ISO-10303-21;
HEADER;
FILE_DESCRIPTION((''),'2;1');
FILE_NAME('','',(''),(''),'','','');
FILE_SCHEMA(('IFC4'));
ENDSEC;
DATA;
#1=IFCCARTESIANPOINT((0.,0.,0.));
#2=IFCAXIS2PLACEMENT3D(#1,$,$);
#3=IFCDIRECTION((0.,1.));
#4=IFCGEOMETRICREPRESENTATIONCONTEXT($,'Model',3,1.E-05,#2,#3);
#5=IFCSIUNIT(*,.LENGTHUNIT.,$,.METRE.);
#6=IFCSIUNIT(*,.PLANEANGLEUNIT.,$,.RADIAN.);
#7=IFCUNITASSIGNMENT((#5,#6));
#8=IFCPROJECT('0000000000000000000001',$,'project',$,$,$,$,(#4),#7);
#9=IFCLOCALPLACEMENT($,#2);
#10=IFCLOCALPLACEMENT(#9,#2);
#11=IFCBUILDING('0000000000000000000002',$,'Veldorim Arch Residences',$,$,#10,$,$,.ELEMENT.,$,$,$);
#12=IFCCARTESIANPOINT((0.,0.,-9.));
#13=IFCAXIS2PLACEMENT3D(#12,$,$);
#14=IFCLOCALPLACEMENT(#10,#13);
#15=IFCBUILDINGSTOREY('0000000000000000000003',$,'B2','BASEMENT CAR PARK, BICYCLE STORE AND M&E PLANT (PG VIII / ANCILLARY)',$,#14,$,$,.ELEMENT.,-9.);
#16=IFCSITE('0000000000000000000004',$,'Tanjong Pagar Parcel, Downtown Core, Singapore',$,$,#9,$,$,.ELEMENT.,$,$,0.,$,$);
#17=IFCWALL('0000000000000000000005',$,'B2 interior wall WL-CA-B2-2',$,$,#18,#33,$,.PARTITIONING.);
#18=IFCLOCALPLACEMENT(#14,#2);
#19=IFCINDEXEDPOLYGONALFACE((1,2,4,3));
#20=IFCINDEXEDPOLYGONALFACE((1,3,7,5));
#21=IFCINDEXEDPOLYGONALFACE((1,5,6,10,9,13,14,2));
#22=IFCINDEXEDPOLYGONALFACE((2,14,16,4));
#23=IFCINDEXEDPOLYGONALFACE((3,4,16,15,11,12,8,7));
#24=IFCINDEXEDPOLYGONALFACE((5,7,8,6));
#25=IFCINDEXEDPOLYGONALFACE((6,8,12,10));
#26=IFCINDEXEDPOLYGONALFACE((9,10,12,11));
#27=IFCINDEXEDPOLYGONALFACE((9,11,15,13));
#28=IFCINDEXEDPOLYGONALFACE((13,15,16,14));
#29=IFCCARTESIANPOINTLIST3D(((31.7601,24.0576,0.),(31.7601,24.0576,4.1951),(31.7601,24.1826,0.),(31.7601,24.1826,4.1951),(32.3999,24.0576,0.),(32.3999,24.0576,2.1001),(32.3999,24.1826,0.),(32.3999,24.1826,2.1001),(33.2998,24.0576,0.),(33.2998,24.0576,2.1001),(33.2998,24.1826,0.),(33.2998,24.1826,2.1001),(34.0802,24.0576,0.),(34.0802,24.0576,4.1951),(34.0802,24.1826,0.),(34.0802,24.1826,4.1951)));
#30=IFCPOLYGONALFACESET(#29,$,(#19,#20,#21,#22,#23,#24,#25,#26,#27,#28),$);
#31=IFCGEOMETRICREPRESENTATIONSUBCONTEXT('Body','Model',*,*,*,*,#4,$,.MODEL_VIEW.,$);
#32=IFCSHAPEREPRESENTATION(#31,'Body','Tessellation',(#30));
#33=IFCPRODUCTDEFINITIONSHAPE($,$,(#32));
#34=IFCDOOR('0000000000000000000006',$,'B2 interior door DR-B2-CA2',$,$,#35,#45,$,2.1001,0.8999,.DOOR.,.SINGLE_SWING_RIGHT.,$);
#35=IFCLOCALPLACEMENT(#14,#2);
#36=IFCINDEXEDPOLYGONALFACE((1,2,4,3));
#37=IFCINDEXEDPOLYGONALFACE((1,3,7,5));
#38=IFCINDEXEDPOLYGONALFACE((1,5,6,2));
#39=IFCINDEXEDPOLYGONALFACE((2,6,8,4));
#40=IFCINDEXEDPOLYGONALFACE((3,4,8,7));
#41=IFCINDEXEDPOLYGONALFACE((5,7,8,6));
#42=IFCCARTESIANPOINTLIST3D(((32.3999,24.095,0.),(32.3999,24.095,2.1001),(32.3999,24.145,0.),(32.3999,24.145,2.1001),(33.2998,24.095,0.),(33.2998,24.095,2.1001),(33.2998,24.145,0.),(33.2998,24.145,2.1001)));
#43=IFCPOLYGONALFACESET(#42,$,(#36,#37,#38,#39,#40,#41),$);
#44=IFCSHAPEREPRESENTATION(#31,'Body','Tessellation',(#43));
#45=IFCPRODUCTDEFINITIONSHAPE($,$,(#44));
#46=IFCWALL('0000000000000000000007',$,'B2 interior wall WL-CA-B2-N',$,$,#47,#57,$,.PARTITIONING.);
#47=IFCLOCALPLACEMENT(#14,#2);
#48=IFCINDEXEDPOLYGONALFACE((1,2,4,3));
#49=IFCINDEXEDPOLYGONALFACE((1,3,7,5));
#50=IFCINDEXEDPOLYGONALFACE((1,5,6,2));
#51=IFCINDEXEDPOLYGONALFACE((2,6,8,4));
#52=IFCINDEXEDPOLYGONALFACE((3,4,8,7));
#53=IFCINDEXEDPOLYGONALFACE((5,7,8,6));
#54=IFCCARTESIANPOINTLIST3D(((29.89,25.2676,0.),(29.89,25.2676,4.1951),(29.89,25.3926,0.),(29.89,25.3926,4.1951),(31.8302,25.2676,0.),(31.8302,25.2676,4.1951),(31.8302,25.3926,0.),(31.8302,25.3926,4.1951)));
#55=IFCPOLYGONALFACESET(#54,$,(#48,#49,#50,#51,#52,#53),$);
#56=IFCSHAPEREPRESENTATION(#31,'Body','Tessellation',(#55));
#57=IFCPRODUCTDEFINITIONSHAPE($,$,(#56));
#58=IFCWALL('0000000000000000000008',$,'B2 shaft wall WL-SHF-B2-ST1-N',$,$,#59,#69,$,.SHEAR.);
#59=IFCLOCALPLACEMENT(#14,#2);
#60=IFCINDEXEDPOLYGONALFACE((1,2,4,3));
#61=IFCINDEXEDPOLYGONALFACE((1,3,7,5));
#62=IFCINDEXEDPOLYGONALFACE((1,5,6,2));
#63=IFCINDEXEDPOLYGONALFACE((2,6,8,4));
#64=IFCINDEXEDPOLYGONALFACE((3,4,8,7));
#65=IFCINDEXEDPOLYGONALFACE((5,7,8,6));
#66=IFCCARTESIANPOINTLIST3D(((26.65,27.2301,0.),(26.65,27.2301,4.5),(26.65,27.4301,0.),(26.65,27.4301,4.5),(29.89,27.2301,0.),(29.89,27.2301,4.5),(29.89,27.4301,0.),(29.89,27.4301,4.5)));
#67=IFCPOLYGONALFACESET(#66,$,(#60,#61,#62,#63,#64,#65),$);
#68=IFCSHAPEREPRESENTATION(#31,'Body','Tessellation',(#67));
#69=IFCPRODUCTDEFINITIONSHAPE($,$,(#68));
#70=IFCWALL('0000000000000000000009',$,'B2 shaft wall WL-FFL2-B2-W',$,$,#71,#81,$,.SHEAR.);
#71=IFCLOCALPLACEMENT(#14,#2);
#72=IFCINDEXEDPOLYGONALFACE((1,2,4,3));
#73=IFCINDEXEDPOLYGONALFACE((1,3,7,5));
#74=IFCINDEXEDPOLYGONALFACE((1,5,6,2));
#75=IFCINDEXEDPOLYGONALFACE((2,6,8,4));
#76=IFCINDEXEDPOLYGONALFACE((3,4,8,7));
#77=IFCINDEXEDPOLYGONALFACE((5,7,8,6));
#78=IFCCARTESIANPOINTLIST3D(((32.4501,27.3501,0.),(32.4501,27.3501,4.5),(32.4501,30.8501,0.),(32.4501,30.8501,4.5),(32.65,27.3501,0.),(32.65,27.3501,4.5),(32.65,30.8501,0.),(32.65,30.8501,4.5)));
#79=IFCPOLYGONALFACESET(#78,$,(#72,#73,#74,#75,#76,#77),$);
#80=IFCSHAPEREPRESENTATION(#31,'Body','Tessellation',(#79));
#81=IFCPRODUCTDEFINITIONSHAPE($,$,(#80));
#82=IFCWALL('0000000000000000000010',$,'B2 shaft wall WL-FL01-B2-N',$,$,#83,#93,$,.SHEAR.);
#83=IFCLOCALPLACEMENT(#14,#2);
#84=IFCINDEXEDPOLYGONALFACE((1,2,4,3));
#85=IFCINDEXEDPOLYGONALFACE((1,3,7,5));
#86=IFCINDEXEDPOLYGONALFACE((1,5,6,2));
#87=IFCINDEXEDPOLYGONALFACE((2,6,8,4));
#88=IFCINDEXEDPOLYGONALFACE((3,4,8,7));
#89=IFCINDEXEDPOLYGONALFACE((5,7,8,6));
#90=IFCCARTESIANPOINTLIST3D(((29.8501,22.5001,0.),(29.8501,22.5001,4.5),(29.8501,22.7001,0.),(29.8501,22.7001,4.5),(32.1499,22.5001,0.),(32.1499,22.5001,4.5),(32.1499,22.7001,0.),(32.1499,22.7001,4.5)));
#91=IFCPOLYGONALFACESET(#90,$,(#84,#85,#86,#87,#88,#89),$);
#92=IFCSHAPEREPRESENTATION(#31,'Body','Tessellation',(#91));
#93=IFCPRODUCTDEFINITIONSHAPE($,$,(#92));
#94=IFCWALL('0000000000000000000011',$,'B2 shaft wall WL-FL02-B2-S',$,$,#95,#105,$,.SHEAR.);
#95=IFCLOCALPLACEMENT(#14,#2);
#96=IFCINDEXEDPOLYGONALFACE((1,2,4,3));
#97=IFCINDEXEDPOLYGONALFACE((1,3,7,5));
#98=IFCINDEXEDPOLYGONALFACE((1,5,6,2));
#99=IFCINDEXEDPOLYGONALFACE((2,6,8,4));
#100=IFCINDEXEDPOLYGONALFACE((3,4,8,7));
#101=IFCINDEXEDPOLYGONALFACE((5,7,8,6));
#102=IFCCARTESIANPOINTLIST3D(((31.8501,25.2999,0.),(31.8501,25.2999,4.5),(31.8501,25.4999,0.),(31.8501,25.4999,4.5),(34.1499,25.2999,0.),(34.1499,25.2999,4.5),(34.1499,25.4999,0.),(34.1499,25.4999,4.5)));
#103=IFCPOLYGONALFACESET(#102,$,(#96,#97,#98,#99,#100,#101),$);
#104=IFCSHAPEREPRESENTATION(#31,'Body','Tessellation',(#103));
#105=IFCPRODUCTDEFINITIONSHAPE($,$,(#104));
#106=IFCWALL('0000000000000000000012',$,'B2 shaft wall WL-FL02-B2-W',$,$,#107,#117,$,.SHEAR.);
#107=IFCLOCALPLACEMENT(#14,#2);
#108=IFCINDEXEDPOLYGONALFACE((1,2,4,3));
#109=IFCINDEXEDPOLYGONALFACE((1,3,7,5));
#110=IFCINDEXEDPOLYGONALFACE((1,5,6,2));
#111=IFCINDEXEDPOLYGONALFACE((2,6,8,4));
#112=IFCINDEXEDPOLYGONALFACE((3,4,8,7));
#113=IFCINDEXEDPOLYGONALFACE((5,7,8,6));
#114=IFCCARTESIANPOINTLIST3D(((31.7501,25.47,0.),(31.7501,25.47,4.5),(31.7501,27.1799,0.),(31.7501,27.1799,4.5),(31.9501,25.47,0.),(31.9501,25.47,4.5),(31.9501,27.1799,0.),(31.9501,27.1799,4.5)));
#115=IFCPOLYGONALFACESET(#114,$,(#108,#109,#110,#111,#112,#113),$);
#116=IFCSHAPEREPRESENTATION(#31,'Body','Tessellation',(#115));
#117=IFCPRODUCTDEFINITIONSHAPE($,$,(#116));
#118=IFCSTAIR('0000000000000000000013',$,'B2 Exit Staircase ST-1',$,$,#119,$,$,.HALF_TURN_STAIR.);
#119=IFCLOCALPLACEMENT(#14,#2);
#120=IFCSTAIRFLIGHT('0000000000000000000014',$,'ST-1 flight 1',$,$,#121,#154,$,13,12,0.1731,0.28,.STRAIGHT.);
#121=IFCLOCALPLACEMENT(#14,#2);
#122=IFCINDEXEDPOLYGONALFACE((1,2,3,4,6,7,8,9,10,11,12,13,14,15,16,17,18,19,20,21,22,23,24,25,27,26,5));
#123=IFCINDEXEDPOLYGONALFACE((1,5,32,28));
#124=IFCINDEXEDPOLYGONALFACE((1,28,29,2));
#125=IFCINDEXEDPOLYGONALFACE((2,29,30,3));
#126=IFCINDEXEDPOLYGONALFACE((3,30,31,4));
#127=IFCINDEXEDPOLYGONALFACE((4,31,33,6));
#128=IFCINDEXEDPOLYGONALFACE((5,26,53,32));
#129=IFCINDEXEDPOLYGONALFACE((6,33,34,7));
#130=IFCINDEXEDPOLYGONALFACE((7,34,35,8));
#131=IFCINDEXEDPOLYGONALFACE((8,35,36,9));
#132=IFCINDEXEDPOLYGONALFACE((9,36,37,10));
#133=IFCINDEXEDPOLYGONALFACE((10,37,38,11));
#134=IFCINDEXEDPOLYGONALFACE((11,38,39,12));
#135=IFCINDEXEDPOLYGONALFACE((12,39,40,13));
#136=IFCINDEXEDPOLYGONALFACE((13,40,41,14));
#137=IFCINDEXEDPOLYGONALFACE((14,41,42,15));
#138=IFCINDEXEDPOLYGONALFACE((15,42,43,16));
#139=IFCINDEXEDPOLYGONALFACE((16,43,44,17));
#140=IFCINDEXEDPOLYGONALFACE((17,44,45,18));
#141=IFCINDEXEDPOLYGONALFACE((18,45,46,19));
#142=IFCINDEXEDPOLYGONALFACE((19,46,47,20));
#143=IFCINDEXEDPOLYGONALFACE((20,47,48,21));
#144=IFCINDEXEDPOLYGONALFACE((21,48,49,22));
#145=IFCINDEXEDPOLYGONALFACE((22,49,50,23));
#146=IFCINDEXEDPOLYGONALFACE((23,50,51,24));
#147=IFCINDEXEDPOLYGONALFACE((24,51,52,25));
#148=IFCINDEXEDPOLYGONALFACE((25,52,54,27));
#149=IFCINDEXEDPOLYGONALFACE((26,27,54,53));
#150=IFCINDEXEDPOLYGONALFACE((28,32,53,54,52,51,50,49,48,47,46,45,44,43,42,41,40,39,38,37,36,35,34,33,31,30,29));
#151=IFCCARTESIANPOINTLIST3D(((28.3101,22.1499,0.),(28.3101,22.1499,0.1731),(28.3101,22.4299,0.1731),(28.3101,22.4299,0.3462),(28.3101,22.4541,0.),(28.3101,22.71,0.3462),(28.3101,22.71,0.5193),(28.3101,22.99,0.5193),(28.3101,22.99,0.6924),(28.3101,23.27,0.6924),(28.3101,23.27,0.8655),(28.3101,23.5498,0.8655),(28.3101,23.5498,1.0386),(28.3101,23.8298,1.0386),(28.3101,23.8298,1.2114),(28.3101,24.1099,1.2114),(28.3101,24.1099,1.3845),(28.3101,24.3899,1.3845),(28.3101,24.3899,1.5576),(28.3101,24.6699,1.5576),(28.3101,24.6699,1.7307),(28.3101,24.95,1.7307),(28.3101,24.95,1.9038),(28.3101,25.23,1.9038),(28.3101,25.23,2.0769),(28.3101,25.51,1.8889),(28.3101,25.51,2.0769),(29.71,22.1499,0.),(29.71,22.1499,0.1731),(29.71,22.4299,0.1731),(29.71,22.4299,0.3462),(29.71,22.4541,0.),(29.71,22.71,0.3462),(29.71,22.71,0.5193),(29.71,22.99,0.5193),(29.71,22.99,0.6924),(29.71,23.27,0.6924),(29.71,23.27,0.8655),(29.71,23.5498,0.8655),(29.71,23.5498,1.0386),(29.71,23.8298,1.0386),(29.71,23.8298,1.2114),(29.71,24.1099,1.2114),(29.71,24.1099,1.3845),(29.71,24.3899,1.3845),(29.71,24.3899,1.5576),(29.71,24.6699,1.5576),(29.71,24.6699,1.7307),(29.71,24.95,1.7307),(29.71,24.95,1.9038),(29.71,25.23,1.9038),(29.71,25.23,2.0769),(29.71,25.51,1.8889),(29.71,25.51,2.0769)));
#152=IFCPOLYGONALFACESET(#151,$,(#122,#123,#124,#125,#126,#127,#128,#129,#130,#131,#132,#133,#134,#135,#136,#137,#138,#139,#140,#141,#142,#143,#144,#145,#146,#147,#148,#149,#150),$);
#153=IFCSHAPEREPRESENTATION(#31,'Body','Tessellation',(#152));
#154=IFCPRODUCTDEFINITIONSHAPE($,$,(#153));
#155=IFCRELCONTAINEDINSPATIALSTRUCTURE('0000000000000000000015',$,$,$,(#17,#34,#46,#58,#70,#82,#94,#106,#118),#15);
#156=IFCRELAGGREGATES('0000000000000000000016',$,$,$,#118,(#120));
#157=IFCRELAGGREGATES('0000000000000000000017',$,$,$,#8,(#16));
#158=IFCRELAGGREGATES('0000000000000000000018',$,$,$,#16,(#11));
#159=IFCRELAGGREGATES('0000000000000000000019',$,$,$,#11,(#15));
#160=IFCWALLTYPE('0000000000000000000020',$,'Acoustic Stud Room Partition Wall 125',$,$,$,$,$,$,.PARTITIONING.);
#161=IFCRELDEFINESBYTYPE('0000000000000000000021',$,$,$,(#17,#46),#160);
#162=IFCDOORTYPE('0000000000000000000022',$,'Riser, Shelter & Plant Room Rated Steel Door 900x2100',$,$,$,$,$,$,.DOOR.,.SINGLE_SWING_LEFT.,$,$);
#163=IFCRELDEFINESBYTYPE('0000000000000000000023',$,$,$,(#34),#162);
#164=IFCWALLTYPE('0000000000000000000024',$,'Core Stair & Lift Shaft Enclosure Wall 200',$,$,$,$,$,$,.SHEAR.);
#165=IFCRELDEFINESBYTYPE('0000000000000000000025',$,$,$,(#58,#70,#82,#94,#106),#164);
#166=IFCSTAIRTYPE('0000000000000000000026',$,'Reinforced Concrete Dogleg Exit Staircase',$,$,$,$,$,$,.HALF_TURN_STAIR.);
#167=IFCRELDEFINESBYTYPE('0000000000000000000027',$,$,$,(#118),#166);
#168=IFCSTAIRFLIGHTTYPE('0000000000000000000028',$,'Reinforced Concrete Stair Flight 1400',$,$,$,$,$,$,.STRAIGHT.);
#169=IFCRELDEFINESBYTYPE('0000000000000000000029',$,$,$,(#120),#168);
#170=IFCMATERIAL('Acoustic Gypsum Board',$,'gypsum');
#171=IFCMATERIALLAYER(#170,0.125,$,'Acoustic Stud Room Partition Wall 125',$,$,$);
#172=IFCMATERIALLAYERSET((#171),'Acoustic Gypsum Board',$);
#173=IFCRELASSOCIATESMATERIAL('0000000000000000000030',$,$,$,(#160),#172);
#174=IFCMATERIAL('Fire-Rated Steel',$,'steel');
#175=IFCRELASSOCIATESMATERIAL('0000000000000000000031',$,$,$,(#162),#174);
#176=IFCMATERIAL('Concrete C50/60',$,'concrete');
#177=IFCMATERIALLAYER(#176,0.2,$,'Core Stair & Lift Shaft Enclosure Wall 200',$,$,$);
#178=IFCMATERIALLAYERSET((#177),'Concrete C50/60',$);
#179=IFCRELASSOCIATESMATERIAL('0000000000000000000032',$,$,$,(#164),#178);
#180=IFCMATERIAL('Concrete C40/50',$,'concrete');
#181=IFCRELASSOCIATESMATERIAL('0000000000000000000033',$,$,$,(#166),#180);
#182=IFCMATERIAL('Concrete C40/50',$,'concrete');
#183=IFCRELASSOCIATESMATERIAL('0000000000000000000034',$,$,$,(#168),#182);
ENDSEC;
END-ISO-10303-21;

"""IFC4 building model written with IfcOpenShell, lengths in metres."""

from ifc_helpers import new_model, si_unit, direction, frame, frame_2d, origin, place, context, subcontext, project, spatial, polyline, rectangle, outline, extrude, material, layer, layer_set, type_object, element, fill, aggregate, save


model = new_model("IFC4")

# Units and contexts
model_context = context("Model", 3, precision=1e-05, world=origin(), true_north=direction((0.0, 1.0)))
body_context = subcontext(model_context, "Body", "Model", "MODEL_VIEW")
ifc_project = project(units=[si_unit("LENGTHUNIT", "METRE"), si_unit("PLANEANGLEUNIT", "RADIAN")], contexts=[model_context])

# Site, building, storey
site_placement = place(None, origin())
site = spatial("IfcSite", under=ifc_project, at=site_placement, Name="Tanjong Pagar Parcel, Downtown Core, Singapore", CompositionType="ELEMENT", RefElevation=0.0)
building_placement = place(site_placement, origin())
building = spatial("IfcBuilding", under=site, at=building_placement, Name="Veldorim Arch Residences", CompositionType="ELEMENT")
storey_placement = place(building_placement, frame((0.0, 0.0, -9.0)))
storey = spatial("IfcBuildingStorey", under=building, at=storey_placement, Name="B2", Description="BASEMENT CAR PARK, BICYCLE STORE AND M&E PLANT (PG VIII / ANCILLARY)", CompositionType="ELEMENT", Elevation=-9.0)

# Wall, opening, door
ifc_material_1 = material(Name="Acoustic Gypsum Board", Category="gypsum")
ifc_layer_1 = layer(ifc_material_1, 0.125, Name="Acoustic Stud Room Partition Wall 125")
ifc_layer_set_1 = layer_set([ifc_layer_1], Name="Acoustic Gypsum Board")
wall_type_1 = type_object("IfcWallType", Name="Acoustic Stud Room Partition Wall 125", PredefinedType="PARTITIONING", material=ifc_layer_set_1)
ifc_material_2 = material(Name="Fire-Rated Steel", Category="steel")
door_type_1 = type_object("IfcDoorType", Name="Riser, Shelter & Plant Room Rated Steel Door 900x2100", OperationType="SINGLE_SWING_LEFT", PredefinedType="DOOR", material=ifc_material_2)
wall_1_placement = place(storey_placement, frame((31.76, 24.1201, 0.0), z_axis=(0.0, 0.0, 1.0), x_axis=(1.0, 0.0, 0.0)))
wall_1 = element("IfcWall", 1, at=wall_1_placement, inside=storey, type_object=wall_type_1, Name="B2 interior wall WL-CA-B2-2", PredefinedType="PARTITIONING", context=body_context, shape_type="SweptSolid", body=[
    extrude(rectangle(XDim=2.3201, YDim=0.125, at=frame_2d((1.1602, 0.0))), origin(), (0.0, 0.0, 1.0), 4.1951),
])
opening_1_placement = place(wall_1_placement, frame((0.6399, 0.0, 0.0)))
opening_1 = element("IfcOpeningElement", 2, at=opening_1_placement, cuts=wall_1, PredefinedType="OPENING", context=body_context, shape_type="SweptSolid", body=[
    extrude(rectangle(XDim=0.8999, YDim=2.1001, at=frame_2d((0.45, 1.05))), frame((0.0, 0.0725, 0.0), z_axis=(0.0, -1.0, 0.0), x_axis=(1.0, 0.0, 0.0)), (0.0, 0.0, 1.0), 0.145),
])
door_1_placement = place(opening_1_placement, origin())
door_1 = element("IfcDoor", 3, at=door_1_placement, inside=storey, type_object=door_type_1, Name="B2 interior door DR-B2-CA2", OperationType="SINGLE_SWING_RIGHT", OverallHeight=2.1001, OverallWidth=0.8999, PredefinedType="DOOR", context=body_context, shape_type="SweptSolid", body=[
    extrude(rectangle(XDim=0.8999, YDim=2.1001, at=frame_2d((0.45, 1.05))), frame((0.0, 0.0249, 0.0), z_axis=(0.0, -1.0, 0.0), x_axis=(1.0, 0.0, 0.0)), (0.0, 0.0, 1.0), 0.05),
])
fill(opening_1, door_1)

# Walls
wall_2_placement = place(storey_placement, frame((29.8899, 25.3301, 0.0), z_axis=(0.0, 0.0, 1.0), x_axis=(1.0, 0.0, 0.0)))
element("IfcWall", 4, at=wall_2_placement, inside=storey, type_object=wall_type_1, Name="B2 interior wall WL-CA-B2-N", PredefinedType="PARTITIONING", context=body_context, shape_type="SweptSolid", body=[
    extrude(rectangle(XDim=1.9402, YDim=0.125, at=frame_2d((0.9702, 0.0))), origin(), (0.0, 0.0, 1.0), 4.1951),
])
ifc_material_3 = material(Name="Concrete C50/60", Category="concrete")
ifc_layer_2 = layer(ifc_material_3, 0.2, Name="Core Stair & Lift Shaft Enclosure Wall 200")
ifc_layer_set_2 = layer_set([ifc_layer_2], Name="Concrete C50/60")
wall_type_2 = type_object("IfcWallType", Name="Core Stair & Lift Shaft Enclosure Wall 200", PredefinedType="SHEAR", material=ifc_layer_set_2)
wall_3_placement = place(storey_placement, frame((26.6499, 27.3301, 0.0), z_axis=(0.0, 0.0, 1.0), x_axis=(1.0, 0.0, 0.0)))
element("IfcWall", 5, at=wall_3_placement, inside=storey, type_object=wall_type_2, Name="B2 shaft wall WL-SHF-B2-ST1-N", PredefinedType="SHEAR", context=body_context, shape_type="SweptSolid", body=[
    extrude(rectangle(XDim=3.24, YDim=0.2, at=frame_2d((1.6201, 0.0))), origin(), (0.0, 0.0, 1.0), 4.5),
])
wall_4_placement = place(storey_placement, frame((32.55, 27.3501, 0.0), z_axis=(0.0, 0.0, 1.0), x_axis=(0.0, 1.0, 0.0)))
element("IfcWall", 6, at=wall_4_placement, inside=storey, type_object=wall_type_2, Name="B2 shaft wall WL-FFL2-B2-W", PredefinedType="SHEAR", context=body_context, shape_type="SweptSolid", body=[
    extrude(rectangle(XDim=3.5, YDim=0.2, at=frame_2d((1.75, 0.0))), origin(), (0.0, 0.0, 1.0), 4.5),
])
wall_5_placement = place(storey_placement, frame((29.8501, 22.6001, 0.0), z_axis=(0.0, 0.0, 1.0), x_axis=(1.0, 0.0, 0.0)))
element("IfcWall", 7, at=wall_5_placement, inside=storey, type_object=wall_type_2, Name="B2 shaft wall WL-FL01-B2-N", PredefinedType="SHEAR", context=body_context, shape_type="SweptSolid", body=[
    extrude(rectangle(XDim=2.2998, YDim=0.2, at=frame_2d((1.1499, 0.0))), origin(), (0.0, 0.0, 1.0), 4.5),
])

# Walls
wall_6_placement = place(storey_placement, frame((31.8501, 25.3999, 0.0), z_axis=(0.0, 0.0, 1.0), x_axis=(1.0, 0.0, 0.0)))
element("IfcWall", 8, at=wall_6_placement, inside=storey, type_object=wall_type_2, Name="B2 shaft wall WL-FL02-B2-S", PredefinedType="SHEAR", context=body_context, shape_type="SweptSolid", body=[
    extrude(rectangle(XDim=2.2998, YDim=0.2, at=frame_2d((1.1499, 0.0))), origin(), (0.0, 0.0, 1.0), 4.5),
])
wall_7_placement = place(storey_placement, frame((31.8501, 25.47, 0.0), z_axis=(0.0, 0.0, 1.0), x_axis=(0.0, 1.0, 0.0)))
element("IfcWall", 9, at=wall_7_placement, inside=storey, type_object=wall_type_2, Name="B2 shaft wall WL-FL02-B2-W", PredefinedType="SHEAR", context=body_context, shape_type="SweptSolid", body=[
    extrude(rectangle(XDim=1.71, YDim=0.2, at=frame_2d((0.855, 0.0))), origin(), (0.0, 0.0, 1.0), 4.5),
])

# Stair, stair flight
ifc_material_4 = material(Name="Concrete C40/50", Category="concrete")
stair_type = type_object("IfcStairType", Name="Reinforced Concrete Dogleg Exit Staircase", PredefinedType="HALF_TURN_STAIR", material=ifc_material_4)
stair_placement = place(storey_placement, origin())
stair = element("IfcStair", 10, at=stair_placement, inside=storey, type_object=stair_type, Name="B2 Exit Staircase ST-1", PredefinedType="HALF_TURN_STAIR")
ifc_material_5 = material(Name="Concrete C40/50", Category="concrete")
stair_flight_type = type_object("IfcStairFlightType", Name="Reinforced Concrete Stair Flight 1400", PredefinedType="STRAIGHT", material=ifc_material_5)
stair_flight_1_placement = place(storey_placement, frame((29.01, 22.1499, 0.0), z_axis=(0.0, 0.0, 1.0), x_axis=(0.0, 1.0, 0.0)))
stair_flight_1 = element("IfcStairFlight", 11, at=stair_flight_1_placement, type_object=stair_flight_type, Name="ST-1 flight 1", NumberOfRisers=13, NumberOfTreads=12, PredefinedType="STRAIGHT", RiserHeight=0.1731, TreadLength=0.28, context=body_context, shape_type="SweptSolid", body=[
    extrude(outline(polyline([(0.0, 0.0), (0.0, 0.1731), (0.28, 0.1731), (0.28, 0.3462), (0.5601, 0.3462), (0.5601, 0.5193), (0.8401, 0.5193), (0.8401, 0.6924), (1.1201, 0.6924), (1.1201, 0.8655), (1.3999, 0.8655), (1.3999, 1.0386), (1.6799, 1.0386), (1.6799, 1.2114), (1.96, 1.2114), (1.96, 1.3845), (2.24, 1.3845), (2.24, 1.5576), (2.52, 1.5576), (2.52, 1.7307), (2.8, 1.7307), (2.8, 1.9038), (3.0801, 1.9038), (3.0801, 2.0769), (3.3601, 2.0769), (3.3601, 2.25), (3.3601, 1.8889), (0.3042, 0.0), (0.0, 0.0)])), frame((0.0, 0.7, 0.0), z_axis=(0.0, -1.0, 0.0), x_axis=(1.0, 0.0, 0.0)), (0.0, 0.0, 1.0), 1.3999),
])
aggregate(stair, [stair_flight_1])

save(model, "model.ifc")
